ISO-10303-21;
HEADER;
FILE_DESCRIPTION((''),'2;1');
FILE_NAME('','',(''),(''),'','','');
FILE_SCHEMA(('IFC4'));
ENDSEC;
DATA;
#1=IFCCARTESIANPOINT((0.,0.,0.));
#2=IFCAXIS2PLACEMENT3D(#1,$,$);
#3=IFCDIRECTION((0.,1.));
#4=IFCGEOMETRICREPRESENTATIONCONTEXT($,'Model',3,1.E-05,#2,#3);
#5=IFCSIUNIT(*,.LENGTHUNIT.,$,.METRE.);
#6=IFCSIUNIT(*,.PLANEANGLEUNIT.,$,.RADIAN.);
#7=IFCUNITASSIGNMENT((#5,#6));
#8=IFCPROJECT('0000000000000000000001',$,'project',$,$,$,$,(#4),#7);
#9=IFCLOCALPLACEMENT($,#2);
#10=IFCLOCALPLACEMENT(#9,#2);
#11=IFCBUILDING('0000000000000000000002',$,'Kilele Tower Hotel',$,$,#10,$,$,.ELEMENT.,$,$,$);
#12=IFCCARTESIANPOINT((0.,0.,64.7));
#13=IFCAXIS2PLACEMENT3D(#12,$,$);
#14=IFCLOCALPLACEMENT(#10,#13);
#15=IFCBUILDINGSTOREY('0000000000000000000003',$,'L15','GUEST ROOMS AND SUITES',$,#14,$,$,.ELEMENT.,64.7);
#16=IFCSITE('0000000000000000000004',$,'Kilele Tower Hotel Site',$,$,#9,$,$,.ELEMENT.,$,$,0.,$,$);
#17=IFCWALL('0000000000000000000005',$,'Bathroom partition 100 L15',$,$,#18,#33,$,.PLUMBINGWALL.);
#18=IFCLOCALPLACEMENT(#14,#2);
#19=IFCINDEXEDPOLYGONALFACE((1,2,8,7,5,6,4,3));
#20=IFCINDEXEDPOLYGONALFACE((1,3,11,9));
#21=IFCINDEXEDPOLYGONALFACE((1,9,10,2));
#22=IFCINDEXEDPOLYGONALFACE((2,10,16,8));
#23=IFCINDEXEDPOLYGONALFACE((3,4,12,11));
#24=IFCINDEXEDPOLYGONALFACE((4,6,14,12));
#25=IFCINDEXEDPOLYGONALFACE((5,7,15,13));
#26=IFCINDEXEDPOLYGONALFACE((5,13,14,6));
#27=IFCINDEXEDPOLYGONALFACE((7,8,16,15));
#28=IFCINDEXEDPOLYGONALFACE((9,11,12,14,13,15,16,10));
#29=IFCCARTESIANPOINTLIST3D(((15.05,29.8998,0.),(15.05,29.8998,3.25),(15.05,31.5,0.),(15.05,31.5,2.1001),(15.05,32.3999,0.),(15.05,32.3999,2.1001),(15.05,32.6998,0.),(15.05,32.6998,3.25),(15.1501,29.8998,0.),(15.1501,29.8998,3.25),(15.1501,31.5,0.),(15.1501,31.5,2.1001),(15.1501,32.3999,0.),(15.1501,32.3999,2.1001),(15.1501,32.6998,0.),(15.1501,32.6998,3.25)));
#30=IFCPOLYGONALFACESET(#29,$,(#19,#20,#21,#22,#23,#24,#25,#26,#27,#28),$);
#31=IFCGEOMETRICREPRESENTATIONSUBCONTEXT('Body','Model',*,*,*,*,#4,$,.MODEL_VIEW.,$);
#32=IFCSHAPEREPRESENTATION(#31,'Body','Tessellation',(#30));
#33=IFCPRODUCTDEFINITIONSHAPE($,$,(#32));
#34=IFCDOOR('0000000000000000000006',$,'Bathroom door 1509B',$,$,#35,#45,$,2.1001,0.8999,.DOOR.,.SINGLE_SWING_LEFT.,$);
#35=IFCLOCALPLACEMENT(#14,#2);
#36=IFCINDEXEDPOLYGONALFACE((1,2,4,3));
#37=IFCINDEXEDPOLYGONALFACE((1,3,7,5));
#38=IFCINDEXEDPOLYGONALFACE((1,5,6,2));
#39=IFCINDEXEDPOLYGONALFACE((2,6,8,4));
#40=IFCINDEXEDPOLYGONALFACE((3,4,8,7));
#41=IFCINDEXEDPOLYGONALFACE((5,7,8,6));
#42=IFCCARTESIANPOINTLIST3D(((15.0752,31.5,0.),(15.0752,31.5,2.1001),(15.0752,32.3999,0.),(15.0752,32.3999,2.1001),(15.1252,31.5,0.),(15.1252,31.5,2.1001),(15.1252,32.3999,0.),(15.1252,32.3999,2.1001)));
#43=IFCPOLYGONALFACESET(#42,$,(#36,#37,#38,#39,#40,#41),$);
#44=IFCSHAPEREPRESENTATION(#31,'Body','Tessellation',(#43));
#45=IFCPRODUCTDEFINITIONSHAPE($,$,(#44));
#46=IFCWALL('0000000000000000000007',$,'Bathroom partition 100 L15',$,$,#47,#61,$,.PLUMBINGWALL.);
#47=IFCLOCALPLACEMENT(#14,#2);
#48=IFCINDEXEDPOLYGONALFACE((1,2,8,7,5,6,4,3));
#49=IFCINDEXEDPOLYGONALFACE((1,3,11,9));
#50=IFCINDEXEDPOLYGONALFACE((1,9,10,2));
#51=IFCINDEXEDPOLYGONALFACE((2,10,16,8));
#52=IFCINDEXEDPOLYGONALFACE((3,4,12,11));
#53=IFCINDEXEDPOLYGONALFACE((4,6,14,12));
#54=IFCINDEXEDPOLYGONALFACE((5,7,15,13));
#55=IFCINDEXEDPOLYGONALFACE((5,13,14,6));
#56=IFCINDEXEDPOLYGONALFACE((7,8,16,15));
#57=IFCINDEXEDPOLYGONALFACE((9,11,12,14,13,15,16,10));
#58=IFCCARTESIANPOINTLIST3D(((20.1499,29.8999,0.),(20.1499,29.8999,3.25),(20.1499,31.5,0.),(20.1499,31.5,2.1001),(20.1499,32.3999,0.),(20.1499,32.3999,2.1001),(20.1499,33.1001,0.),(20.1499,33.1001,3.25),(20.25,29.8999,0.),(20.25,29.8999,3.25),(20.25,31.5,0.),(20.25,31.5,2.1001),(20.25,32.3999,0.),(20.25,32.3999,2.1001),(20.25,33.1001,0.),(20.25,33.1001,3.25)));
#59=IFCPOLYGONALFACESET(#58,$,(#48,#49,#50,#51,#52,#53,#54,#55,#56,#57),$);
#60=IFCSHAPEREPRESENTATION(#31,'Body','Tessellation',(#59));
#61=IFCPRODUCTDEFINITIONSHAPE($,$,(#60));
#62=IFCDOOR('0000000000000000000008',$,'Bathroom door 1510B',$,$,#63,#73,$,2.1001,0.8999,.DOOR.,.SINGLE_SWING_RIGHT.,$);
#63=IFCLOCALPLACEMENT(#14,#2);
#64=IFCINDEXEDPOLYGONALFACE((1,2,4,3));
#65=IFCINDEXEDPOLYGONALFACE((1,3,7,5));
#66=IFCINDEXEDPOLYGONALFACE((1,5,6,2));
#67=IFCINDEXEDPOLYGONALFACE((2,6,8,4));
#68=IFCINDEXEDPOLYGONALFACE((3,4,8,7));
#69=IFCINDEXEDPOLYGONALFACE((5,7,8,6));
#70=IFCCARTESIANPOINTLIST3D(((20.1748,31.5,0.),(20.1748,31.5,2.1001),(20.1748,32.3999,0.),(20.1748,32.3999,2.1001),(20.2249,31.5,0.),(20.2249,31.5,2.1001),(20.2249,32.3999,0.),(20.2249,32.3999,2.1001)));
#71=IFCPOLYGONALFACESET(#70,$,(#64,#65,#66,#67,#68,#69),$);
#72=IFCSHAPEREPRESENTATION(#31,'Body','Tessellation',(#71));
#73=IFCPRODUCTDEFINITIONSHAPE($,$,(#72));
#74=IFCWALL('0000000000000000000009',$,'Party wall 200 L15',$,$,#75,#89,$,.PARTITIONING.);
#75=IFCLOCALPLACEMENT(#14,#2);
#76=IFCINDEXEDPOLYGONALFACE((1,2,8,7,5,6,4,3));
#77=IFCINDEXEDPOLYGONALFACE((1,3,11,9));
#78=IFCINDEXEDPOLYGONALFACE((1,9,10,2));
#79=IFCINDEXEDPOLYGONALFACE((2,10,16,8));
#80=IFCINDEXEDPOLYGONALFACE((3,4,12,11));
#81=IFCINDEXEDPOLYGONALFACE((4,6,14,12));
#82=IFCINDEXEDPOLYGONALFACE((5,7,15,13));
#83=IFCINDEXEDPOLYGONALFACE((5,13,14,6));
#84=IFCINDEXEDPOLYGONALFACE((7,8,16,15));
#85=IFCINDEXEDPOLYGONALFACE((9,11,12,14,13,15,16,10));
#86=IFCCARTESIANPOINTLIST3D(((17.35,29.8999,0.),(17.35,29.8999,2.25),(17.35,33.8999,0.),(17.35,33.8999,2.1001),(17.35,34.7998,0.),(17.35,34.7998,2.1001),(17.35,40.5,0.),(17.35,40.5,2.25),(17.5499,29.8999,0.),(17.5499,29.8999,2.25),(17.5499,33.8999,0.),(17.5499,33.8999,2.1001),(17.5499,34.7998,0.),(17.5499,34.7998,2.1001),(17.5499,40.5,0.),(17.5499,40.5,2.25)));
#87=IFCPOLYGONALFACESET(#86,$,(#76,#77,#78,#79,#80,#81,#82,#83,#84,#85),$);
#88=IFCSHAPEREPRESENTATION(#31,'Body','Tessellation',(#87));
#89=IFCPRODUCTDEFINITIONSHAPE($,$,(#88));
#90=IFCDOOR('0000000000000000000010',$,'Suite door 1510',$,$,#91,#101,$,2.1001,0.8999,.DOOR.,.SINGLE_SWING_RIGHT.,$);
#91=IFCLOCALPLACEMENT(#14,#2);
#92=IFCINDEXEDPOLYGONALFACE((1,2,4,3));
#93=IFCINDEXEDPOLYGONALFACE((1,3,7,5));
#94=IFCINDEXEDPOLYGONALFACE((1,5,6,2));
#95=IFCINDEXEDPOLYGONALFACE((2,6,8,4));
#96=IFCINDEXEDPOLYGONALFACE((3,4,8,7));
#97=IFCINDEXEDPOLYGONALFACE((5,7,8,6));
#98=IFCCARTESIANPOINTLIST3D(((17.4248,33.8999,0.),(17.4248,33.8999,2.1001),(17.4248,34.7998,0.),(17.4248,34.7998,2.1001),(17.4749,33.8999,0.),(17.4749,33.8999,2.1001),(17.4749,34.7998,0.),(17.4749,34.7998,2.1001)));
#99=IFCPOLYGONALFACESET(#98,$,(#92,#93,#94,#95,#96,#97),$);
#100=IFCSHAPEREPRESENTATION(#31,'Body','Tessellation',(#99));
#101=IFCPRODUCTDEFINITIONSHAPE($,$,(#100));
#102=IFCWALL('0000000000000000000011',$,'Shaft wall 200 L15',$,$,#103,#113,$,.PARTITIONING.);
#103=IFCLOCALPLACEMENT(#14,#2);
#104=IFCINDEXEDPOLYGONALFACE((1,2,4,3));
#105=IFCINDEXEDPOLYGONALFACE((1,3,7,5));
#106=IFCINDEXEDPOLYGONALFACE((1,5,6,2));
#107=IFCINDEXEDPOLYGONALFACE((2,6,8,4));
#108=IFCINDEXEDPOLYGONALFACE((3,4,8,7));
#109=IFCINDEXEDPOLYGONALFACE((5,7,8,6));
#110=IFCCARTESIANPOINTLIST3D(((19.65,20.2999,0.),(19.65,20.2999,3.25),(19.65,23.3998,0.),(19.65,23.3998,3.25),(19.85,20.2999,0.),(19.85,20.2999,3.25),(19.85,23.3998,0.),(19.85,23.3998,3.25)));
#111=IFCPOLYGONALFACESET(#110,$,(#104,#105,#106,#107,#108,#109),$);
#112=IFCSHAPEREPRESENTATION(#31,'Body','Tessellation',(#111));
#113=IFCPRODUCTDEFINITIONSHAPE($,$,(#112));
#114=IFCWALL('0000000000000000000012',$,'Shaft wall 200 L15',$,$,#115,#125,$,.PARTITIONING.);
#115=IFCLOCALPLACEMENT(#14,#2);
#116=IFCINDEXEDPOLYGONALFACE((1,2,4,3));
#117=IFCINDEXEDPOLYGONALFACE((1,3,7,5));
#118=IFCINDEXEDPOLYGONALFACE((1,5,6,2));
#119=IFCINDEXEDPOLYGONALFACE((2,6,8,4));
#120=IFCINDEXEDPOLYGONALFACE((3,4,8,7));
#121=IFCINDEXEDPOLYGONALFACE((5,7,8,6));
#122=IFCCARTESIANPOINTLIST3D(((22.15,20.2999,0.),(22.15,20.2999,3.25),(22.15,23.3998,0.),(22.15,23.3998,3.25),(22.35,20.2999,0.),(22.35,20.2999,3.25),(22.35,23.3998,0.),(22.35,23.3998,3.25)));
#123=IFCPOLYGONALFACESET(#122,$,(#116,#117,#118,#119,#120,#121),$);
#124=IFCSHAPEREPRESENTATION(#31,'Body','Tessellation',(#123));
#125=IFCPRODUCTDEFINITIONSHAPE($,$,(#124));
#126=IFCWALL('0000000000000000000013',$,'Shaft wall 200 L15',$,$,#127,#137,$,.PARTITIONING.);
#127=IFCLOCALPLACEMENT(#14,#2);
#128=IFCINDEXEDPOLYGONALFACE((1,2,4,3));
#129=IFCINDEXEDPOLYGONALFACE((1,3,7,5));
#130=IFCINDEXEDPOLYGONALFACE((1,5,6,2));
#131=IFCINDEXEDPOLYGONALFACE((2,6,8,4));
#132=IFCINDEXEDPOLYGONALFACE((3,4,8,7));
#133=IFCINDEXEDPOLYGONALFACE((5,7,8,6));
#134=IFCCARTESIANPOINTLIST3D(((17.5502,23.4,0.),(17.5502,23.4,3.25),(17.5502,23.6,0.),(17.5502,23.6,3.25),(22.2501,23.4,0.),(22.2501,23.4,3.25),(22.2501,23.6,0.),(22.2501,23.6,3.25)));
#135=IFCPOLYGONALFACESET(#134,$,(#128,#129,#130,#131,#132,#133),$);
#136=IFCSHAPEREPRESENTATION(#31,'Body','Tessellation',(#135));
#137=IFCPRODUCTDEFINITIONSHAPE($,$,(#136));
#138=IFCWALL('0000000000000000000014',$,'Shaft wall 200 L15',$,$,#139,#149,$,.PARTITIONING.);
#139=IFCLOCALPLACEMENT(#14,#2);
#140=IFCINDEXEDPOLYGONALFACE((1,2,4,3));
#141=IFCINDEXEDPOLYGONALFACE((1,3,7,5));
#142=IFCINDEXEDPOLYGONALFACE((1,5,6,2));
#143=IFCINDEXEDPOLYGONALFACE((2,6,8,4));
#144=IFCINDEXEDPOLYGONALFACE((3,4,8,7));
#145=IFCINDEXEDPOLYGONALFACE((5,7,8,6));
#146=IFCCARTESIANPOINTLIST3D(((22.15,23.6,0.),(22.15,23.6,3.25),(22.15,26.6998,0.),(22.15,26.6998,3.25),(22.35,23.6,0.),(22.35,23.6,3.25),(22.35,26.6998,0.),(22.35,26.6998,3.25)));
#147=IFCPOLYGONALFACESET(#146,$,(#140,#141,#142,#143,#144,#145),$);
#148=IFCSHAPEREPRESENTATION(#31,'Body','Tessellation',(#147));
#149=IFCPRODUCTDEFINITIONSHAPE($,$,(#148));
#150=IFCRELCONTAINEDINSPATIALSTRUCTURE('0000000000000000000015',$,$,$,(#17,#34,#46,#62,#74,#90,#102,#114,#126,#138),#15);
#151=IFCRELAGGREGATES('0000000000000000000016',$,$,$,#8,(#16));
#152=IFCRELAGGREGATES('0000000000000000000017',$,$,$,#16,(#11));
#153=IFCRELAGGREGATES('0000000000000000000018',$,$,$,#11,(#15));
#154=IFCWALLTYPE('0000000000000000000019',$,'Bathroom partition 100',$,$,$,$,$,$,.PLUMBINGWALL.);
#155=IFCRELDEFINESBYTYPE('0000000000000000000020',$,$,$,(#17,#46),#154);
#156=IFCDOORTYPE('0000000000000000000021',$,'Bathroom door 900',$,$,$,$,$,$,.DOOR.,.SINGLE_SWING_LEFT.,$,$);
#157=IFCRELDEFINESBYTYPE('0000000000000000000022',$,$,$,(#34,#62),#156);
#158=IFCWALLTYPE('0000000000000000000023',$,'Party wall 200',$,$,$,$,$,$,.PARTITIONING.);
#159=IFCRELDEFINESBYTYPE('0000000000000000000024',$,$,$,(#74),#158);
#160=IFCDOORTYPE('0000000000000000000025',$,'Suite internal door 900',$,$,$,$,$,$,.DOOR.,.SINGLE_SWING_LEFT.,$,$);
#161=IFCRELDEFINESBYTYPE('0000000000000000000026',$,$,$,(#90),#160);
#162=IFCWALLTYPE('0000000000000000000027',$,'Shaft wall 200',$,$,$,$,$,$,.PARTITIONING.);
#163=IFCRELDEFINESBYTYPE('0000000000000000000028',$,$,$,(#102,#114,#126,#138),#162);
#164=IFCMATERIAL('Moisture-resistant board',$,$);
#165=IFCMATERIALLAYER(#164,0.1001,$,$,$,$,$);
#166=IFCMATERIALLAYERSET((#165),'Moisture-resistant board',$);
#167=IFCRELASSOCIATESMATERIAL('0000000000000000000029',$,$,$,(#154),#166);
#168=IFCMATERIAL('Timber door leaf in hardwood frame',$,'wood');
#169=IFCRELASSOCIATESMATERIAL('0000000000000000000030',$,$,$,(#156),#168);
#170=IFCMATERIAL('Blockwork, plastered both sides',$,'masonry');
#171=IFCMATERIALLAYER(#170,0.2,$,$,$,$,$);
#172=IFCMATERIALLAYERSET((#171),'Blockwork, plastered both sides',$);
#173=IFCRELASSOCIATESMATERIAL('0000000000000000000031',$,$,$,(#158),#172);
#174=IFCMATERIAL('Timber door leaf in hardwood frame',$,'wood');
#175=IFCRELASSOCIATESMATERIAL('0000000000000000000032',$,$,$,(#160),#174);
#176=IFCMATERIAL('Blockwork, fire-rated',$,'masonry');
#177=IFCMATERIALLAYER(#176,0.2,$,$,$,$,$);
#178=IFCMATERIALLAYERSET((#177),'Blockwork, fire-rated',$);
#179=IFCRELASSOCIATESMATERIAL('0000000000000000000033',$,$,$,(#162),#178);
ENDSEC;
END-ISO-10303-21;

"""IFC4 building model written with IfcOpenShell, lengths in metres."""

from ifc_helpers import new_model, si_unit, direction, frame, frame_2d, origin, place, context, subcontext, project, spatial, rectangle, extrude, material, layer, layer_set, type_object, element, fill, save


model = new_model("IFC4")

# Units and contexts
model_context = context("Model", 3, precision=1e-05, world=origin(), true_north=direction((0.0, 1.0)))
body_context = subcontext(model_context, "Body", "Model", "MODEL_VIEW")
ifc_project = project(units=[si_unit("LENGTHUNIT", "METRE"), si_unit("PLANEANGLEUNIT", "RADIAN")], contexts=[model_context])

# Site, building, storey
site_placement = place(None, origin())
site = spatial("IfcSite", under=ifc_project, at=site_placement, Name="Kilele Tower Hotel Site", CompositionType="ELEMENT", RefElevation=0.0)
building_placement = place(site_placement, origin())
building = spatial("IfcBuilding", under=site, at=building_placement, Name="Kilele Tower Hotel", CompositionType="ELEMENT")
storey_placement = place(building_placement, frame((0.0, 0.0, 64.7)))
storey = spatial("IfcBuildingStorey", under=building, at=storey_placement, Name="L15", Description="GUEST ROOMS AND SUITES", CompositionType="ELEMENT", Elevation=64.7)

# Walls, openings, doors
ifc_material_1 = material(Name="Moisture-resistant board")
ifc_layer_1 = layer(ifc_material_1, 0.1001)
ifc_layer_set_1 = layer_set([ifc_layer_1], Name="Moisture-resistant board")
wall_type_1 = type_object("IfcWallType", Name="Bathroom partition 100", PredefinedType="PLUMBINGWALL", material=ifc_layer_set_1)
wall_1_placement = place(storey_placement, frame((15.1001, 29.8999, 0.0), z_axis=(0.0, 0.0, 1.0), x_axis=(0.0, 1.0, 0.0)))
wall_1 = element("IfcWall", 1, at=wall_1_placement, inside=storey, type_object=wall_type_1, Name="Bathroom partition 100 L15", PredefinedType="PLUMBINGWALL", context=body_context, shape_type="SweptSolid", body=[
    extrude(rectangle(XDim=2.8, YDim=0.1001, at=frame_2d((1.3999, 0.0))), origin(), (0.0, 0.0, 1.0), 3.25),
])
opening_1_placement = place(wall_1_placement, frame((1.6001, 0.0, 0.0)))
opening_1 = element("IfcOpeningElement", 2, at=opening_1_placement, cuts=wall_1, PredefinedType="OPENING", context=body_context, shape_type="SweptSolid", body=[
    extrude(rectangle(XDim=0.8999, YDim=2.1001, at=frame_2d((0.45, 1.05))), frame((0.0, 0.0601, 0.0), z_axis=(0.0, -1.0, 0.0), x_axis=(1.0, 0.0, 0.0)), (0.0, 0.0, 1.0), 0.1201),
])
ifc_material_2 = material(Name="Timber door leaf in hardwood frame", Category="wood")
door_type_1 = type_object("IfcDoorType", Name="Bathroom door 900", OperationType="SINGLE_SWING_LEFT", PredefinedType="DOOR", material=ifc_material_2)
door_1_placement = place(opening_1_placement, origin())
door_1 = element("IfcDoor", 3, at=door_1_placement, inside=storey, type_object=door_type_1, Name="Bathroom door 1509B", OperationType="SINGLE_SWING_LEFT", OverallHeight=2.1001, OverallWidth=0.8999, PredefinedType="DOOR", context=body_context, shape_type="SweptSolid", body=[
    extrude(rectangle(XDim=0.8999, YDim=2.1001, at=frame_2d((0.45, 1.05))), frame((0.0, 0.0249, 0.0), z_axis=(0.0, -1.0, 0.0), x_axis=(1.0, 0.0, 0.0)), (0.0, 0.0, 1.0), 0.05),
])
fill(opening_1, door_1)
wall_2_placement = place(storey_placement, frame((20.2, 29.8999, 0.0), z_axis=(0.0, 0.0, 1.0), x_axis=(0.0, 1.0, 0.0)))
wall_2 = element("IfcWall", 4, at=wall_2_placement, inside=storey, type_object=wall_type_1, Name="Bathroom partition 100 L15", PredefinedType="PLUMBINGWALL", context=body_context, shape_type="SweptSolid", body=[
    extrude(rectangle(XDim=3.2002, YDim=0.1001, at=frame_2d((1.6001, 0.0))), origin(), (0.0, 0.0, 1.0), 3.25),
])
opening_2_placement = place(wall_2_placement, frame((2.5, 0.0, 0.0), z_axis=(0.0, 0.0, 1.0), x_axis=(-1.0, 0.0, 0.0)))
opening_2 = element("IfcOpeningElement", 5, at=opening_2_placement, cuts=wall_2, PredefinedType="OPENING", context=body_context, shape_type="SweptSolid", body=[
    extrude(rectangle(XDim=0.8999, YDim=2.1001, at=frame_2d((0.45, 1.05))), frame((0.0, 0.0601, 0.0), z_axis=(0.0, -1.0, 0.0), x_axis=(1.0, 0.0, 0.0)), (0.0, 0.0, 1.0), 0.1201),
])
door_2_placement = place(opening_2_placement, origin())
door_2 = element("IfcDoor", 6, at=door_2_placement, inside=storey, type_object=door_type_1, Name="Bathroom door 1510B", OperationType="SINGLE_SWING_RIGHT", OverallHeight=2.1001, OverallWidth=0.8999, PredefinedType="DOOR", context=body_context, shape_type="SweptSolid", body=[
    extrude(rectangle(XDim=0.8999, YDim=2.1001, at=frame_2d((0.45, 1.05))), frame((0.0, 0.0249, 0.0), z_axis=(0.0, -1.0, 0.0), x_axis=(1.0, 0.0, 0.0)), (0.0, 0.0, 1.0), 0.05),
])
fill(opening_2, door_2)
ifc_material_3 = material(Name="Blockwork, plastered both sides", Category="masonry")
ifc_layer_2 = layer(ifc_material_3, 0.2)
ifc_layer_set_2 = layer_set([ifc_layer_2], Name="Blockwork, plastered both sides")
wall_type_2 = type_object("IfcWallType", Name="Party wall 200", PredefinedType="PARTITIONING", material=ifc_layer_set_2)
wall_3_placement = place(storey_placement, frame((17.45, 29.8999, 0.0), z_axis=(0.0, 0.0, 1.0), x_axis=(0.0, 1.0, 0.0)))
wall_3 = element("IfcWall", 7, at=wall_3_placement, inside=storey, type_object=wall_type_2, Name="Party wall 200 L15", PredefinedType="PARTITIONING", context=body_context, shape_type="SweptSolid", body=[
    extrude(rectangle(XDim=10.6001, YDim=0.2, at=frame_2d((5.3, 0.0))), origin(), (0.0, 0.0, 1.0), 2.25),
])
opening_3_placement = place(wall_3_placement, frame((4.8999, 0.0, 0.0), z_axis=(0.0, 0.0, 1.0), x_axis=(-1.0, 0.0, 0.0)))
opening_3 = element("IfcOpeningElement", 8, at=opening_3_placement, cuts=wall_3, PredefinedType="OPENING", context=body_context, shape_type="SweptSolid", body=[
    extrude(rectangle(XDim=0.8999, YDim=2.1001, at=frame_2d((0.45, 1.05))), frame((0.0, 0.1099, 0.0), z_axis=(0.0, -1.0, 0.0), x_axis=(1.0, 0.0, 0.0)), (0.0, 0.0, 1.0), 0.22),
])
ifc_material_4 = material(Name="Timber door leaf in hardwood frame", Category="wood")
door_type_2 = type_object("IfcDoorType", Name="Suite internal door 900", OperationType="SINGLE_SWING_LEFT", PredefinedType="DOOR", material=ifc_material_4)
door_3_placement = place(opening_3_placement, origin())
door_3 = element("IfcDoor", 9, at=door_3_placement, inside=storey, type_object=door_type_2, Name="Suite door 1510", OperationType="SINGLE_SWING_RIGHT", OverallHeight=2.1001, OverallWidth=0.8999, PredefinedType="DOOR", context=body_context, shape_type="SweptSolid", body=[
    extrude(rectangle(XDim=0.8999, YDim=2.1001, at=frame_2d((0.45, 1.05))), frame((0.0, 0.0249, 0.0), z_axis=(0.0, -1.0, 0.0), x_axis=(1.0, 0.0, 0.0)), (0.0, 0.0, 1.0), 0.05),
])
fill(opening_3, door_3)

# Walls
ifc_material_5 = material(Name="Blockwork, fire-rated", Category="masonry")
ifc_layer_3 = layer(ifc_material_5, 0.2)
ifc_layer_set_3 = layer_set([ifc_layer_3], Name="Blockwork, fire-rated")
wall_type_3 = type_object("IfcWallType", Name="Shaft wall 200", PredefinedType="PARTITIONING", material=ifc_layer_set_3)
for number, where, z_axis, x_axis, name in (
    (10, (19.75, 20.3, 0.0), (0.0, 0.0, 1.0), (0.0, 1.0, 0.0), "Shaft wall 200 L15"),
    (11, (22.25, 20.3, 0.0), (0.0, 0.0, 1.0), (0.0, 1.0, 0.0), "Shaft wall 200 L15"),
):
    element("IfcWall", number, at=place(storey_placement, frame(where, z_axis=z_axis, x_axis=x_axis)), inside=storey, type_object=wall_type_3, Name=name, PredefinedType="PARTITIONING", context=body_context, shape_type="SweptSolid", body=[
        extrude(rectangle(XDim=3.0999, YDim=0.2, at=frame_2d((1.5498, 0.0))), origin(), (0.0, 0.0, 1.0), 3.25),
    ])
wall_4_placement = place(storey_placement, frame((17.55, 23.5, 0.0), z_axis=(0.0, 0.0, 1.0), x_axis=(1.0, 0.0, 0.0)))
element("IfcWall", 12, at=wall_4_placement, inside=storey, type_object=wall_type_3, Name="Shaft wall 200 L15", PredefinedType="PARTITIONING", context=body_context, shape_type="SweptSolid", body=[
    extrude(rectangle(XDim=4.7, YDim=0.2, at=frame_2d((2.3501, 0.0))), origin(), (0.0, 0.0, 1.0), 3.25),
])
wall_5_placement = place(storey_placement, frame((22.25, 23.6001, 0.0), z_axis=(0.0, 0.0, 1.0), x_axis=(0.0, 1.0, 0.0)))
element("IfcWall", 13, at=wall_5_placement, inside=storey, type_object=wall_type_3, Name="Shaft wall 200 L15", PredefinedType="PARTITIONING", context=body_context, shape_type="SweptSolid", body=[
    extrude(rectangle(XDim=3.0999, YDim=0.2, at=frame_2d((1.5498, 0.0))), origin(), (0.0, 0.0, 1.0), 3.25),
])

save(model, "model.ifc")
